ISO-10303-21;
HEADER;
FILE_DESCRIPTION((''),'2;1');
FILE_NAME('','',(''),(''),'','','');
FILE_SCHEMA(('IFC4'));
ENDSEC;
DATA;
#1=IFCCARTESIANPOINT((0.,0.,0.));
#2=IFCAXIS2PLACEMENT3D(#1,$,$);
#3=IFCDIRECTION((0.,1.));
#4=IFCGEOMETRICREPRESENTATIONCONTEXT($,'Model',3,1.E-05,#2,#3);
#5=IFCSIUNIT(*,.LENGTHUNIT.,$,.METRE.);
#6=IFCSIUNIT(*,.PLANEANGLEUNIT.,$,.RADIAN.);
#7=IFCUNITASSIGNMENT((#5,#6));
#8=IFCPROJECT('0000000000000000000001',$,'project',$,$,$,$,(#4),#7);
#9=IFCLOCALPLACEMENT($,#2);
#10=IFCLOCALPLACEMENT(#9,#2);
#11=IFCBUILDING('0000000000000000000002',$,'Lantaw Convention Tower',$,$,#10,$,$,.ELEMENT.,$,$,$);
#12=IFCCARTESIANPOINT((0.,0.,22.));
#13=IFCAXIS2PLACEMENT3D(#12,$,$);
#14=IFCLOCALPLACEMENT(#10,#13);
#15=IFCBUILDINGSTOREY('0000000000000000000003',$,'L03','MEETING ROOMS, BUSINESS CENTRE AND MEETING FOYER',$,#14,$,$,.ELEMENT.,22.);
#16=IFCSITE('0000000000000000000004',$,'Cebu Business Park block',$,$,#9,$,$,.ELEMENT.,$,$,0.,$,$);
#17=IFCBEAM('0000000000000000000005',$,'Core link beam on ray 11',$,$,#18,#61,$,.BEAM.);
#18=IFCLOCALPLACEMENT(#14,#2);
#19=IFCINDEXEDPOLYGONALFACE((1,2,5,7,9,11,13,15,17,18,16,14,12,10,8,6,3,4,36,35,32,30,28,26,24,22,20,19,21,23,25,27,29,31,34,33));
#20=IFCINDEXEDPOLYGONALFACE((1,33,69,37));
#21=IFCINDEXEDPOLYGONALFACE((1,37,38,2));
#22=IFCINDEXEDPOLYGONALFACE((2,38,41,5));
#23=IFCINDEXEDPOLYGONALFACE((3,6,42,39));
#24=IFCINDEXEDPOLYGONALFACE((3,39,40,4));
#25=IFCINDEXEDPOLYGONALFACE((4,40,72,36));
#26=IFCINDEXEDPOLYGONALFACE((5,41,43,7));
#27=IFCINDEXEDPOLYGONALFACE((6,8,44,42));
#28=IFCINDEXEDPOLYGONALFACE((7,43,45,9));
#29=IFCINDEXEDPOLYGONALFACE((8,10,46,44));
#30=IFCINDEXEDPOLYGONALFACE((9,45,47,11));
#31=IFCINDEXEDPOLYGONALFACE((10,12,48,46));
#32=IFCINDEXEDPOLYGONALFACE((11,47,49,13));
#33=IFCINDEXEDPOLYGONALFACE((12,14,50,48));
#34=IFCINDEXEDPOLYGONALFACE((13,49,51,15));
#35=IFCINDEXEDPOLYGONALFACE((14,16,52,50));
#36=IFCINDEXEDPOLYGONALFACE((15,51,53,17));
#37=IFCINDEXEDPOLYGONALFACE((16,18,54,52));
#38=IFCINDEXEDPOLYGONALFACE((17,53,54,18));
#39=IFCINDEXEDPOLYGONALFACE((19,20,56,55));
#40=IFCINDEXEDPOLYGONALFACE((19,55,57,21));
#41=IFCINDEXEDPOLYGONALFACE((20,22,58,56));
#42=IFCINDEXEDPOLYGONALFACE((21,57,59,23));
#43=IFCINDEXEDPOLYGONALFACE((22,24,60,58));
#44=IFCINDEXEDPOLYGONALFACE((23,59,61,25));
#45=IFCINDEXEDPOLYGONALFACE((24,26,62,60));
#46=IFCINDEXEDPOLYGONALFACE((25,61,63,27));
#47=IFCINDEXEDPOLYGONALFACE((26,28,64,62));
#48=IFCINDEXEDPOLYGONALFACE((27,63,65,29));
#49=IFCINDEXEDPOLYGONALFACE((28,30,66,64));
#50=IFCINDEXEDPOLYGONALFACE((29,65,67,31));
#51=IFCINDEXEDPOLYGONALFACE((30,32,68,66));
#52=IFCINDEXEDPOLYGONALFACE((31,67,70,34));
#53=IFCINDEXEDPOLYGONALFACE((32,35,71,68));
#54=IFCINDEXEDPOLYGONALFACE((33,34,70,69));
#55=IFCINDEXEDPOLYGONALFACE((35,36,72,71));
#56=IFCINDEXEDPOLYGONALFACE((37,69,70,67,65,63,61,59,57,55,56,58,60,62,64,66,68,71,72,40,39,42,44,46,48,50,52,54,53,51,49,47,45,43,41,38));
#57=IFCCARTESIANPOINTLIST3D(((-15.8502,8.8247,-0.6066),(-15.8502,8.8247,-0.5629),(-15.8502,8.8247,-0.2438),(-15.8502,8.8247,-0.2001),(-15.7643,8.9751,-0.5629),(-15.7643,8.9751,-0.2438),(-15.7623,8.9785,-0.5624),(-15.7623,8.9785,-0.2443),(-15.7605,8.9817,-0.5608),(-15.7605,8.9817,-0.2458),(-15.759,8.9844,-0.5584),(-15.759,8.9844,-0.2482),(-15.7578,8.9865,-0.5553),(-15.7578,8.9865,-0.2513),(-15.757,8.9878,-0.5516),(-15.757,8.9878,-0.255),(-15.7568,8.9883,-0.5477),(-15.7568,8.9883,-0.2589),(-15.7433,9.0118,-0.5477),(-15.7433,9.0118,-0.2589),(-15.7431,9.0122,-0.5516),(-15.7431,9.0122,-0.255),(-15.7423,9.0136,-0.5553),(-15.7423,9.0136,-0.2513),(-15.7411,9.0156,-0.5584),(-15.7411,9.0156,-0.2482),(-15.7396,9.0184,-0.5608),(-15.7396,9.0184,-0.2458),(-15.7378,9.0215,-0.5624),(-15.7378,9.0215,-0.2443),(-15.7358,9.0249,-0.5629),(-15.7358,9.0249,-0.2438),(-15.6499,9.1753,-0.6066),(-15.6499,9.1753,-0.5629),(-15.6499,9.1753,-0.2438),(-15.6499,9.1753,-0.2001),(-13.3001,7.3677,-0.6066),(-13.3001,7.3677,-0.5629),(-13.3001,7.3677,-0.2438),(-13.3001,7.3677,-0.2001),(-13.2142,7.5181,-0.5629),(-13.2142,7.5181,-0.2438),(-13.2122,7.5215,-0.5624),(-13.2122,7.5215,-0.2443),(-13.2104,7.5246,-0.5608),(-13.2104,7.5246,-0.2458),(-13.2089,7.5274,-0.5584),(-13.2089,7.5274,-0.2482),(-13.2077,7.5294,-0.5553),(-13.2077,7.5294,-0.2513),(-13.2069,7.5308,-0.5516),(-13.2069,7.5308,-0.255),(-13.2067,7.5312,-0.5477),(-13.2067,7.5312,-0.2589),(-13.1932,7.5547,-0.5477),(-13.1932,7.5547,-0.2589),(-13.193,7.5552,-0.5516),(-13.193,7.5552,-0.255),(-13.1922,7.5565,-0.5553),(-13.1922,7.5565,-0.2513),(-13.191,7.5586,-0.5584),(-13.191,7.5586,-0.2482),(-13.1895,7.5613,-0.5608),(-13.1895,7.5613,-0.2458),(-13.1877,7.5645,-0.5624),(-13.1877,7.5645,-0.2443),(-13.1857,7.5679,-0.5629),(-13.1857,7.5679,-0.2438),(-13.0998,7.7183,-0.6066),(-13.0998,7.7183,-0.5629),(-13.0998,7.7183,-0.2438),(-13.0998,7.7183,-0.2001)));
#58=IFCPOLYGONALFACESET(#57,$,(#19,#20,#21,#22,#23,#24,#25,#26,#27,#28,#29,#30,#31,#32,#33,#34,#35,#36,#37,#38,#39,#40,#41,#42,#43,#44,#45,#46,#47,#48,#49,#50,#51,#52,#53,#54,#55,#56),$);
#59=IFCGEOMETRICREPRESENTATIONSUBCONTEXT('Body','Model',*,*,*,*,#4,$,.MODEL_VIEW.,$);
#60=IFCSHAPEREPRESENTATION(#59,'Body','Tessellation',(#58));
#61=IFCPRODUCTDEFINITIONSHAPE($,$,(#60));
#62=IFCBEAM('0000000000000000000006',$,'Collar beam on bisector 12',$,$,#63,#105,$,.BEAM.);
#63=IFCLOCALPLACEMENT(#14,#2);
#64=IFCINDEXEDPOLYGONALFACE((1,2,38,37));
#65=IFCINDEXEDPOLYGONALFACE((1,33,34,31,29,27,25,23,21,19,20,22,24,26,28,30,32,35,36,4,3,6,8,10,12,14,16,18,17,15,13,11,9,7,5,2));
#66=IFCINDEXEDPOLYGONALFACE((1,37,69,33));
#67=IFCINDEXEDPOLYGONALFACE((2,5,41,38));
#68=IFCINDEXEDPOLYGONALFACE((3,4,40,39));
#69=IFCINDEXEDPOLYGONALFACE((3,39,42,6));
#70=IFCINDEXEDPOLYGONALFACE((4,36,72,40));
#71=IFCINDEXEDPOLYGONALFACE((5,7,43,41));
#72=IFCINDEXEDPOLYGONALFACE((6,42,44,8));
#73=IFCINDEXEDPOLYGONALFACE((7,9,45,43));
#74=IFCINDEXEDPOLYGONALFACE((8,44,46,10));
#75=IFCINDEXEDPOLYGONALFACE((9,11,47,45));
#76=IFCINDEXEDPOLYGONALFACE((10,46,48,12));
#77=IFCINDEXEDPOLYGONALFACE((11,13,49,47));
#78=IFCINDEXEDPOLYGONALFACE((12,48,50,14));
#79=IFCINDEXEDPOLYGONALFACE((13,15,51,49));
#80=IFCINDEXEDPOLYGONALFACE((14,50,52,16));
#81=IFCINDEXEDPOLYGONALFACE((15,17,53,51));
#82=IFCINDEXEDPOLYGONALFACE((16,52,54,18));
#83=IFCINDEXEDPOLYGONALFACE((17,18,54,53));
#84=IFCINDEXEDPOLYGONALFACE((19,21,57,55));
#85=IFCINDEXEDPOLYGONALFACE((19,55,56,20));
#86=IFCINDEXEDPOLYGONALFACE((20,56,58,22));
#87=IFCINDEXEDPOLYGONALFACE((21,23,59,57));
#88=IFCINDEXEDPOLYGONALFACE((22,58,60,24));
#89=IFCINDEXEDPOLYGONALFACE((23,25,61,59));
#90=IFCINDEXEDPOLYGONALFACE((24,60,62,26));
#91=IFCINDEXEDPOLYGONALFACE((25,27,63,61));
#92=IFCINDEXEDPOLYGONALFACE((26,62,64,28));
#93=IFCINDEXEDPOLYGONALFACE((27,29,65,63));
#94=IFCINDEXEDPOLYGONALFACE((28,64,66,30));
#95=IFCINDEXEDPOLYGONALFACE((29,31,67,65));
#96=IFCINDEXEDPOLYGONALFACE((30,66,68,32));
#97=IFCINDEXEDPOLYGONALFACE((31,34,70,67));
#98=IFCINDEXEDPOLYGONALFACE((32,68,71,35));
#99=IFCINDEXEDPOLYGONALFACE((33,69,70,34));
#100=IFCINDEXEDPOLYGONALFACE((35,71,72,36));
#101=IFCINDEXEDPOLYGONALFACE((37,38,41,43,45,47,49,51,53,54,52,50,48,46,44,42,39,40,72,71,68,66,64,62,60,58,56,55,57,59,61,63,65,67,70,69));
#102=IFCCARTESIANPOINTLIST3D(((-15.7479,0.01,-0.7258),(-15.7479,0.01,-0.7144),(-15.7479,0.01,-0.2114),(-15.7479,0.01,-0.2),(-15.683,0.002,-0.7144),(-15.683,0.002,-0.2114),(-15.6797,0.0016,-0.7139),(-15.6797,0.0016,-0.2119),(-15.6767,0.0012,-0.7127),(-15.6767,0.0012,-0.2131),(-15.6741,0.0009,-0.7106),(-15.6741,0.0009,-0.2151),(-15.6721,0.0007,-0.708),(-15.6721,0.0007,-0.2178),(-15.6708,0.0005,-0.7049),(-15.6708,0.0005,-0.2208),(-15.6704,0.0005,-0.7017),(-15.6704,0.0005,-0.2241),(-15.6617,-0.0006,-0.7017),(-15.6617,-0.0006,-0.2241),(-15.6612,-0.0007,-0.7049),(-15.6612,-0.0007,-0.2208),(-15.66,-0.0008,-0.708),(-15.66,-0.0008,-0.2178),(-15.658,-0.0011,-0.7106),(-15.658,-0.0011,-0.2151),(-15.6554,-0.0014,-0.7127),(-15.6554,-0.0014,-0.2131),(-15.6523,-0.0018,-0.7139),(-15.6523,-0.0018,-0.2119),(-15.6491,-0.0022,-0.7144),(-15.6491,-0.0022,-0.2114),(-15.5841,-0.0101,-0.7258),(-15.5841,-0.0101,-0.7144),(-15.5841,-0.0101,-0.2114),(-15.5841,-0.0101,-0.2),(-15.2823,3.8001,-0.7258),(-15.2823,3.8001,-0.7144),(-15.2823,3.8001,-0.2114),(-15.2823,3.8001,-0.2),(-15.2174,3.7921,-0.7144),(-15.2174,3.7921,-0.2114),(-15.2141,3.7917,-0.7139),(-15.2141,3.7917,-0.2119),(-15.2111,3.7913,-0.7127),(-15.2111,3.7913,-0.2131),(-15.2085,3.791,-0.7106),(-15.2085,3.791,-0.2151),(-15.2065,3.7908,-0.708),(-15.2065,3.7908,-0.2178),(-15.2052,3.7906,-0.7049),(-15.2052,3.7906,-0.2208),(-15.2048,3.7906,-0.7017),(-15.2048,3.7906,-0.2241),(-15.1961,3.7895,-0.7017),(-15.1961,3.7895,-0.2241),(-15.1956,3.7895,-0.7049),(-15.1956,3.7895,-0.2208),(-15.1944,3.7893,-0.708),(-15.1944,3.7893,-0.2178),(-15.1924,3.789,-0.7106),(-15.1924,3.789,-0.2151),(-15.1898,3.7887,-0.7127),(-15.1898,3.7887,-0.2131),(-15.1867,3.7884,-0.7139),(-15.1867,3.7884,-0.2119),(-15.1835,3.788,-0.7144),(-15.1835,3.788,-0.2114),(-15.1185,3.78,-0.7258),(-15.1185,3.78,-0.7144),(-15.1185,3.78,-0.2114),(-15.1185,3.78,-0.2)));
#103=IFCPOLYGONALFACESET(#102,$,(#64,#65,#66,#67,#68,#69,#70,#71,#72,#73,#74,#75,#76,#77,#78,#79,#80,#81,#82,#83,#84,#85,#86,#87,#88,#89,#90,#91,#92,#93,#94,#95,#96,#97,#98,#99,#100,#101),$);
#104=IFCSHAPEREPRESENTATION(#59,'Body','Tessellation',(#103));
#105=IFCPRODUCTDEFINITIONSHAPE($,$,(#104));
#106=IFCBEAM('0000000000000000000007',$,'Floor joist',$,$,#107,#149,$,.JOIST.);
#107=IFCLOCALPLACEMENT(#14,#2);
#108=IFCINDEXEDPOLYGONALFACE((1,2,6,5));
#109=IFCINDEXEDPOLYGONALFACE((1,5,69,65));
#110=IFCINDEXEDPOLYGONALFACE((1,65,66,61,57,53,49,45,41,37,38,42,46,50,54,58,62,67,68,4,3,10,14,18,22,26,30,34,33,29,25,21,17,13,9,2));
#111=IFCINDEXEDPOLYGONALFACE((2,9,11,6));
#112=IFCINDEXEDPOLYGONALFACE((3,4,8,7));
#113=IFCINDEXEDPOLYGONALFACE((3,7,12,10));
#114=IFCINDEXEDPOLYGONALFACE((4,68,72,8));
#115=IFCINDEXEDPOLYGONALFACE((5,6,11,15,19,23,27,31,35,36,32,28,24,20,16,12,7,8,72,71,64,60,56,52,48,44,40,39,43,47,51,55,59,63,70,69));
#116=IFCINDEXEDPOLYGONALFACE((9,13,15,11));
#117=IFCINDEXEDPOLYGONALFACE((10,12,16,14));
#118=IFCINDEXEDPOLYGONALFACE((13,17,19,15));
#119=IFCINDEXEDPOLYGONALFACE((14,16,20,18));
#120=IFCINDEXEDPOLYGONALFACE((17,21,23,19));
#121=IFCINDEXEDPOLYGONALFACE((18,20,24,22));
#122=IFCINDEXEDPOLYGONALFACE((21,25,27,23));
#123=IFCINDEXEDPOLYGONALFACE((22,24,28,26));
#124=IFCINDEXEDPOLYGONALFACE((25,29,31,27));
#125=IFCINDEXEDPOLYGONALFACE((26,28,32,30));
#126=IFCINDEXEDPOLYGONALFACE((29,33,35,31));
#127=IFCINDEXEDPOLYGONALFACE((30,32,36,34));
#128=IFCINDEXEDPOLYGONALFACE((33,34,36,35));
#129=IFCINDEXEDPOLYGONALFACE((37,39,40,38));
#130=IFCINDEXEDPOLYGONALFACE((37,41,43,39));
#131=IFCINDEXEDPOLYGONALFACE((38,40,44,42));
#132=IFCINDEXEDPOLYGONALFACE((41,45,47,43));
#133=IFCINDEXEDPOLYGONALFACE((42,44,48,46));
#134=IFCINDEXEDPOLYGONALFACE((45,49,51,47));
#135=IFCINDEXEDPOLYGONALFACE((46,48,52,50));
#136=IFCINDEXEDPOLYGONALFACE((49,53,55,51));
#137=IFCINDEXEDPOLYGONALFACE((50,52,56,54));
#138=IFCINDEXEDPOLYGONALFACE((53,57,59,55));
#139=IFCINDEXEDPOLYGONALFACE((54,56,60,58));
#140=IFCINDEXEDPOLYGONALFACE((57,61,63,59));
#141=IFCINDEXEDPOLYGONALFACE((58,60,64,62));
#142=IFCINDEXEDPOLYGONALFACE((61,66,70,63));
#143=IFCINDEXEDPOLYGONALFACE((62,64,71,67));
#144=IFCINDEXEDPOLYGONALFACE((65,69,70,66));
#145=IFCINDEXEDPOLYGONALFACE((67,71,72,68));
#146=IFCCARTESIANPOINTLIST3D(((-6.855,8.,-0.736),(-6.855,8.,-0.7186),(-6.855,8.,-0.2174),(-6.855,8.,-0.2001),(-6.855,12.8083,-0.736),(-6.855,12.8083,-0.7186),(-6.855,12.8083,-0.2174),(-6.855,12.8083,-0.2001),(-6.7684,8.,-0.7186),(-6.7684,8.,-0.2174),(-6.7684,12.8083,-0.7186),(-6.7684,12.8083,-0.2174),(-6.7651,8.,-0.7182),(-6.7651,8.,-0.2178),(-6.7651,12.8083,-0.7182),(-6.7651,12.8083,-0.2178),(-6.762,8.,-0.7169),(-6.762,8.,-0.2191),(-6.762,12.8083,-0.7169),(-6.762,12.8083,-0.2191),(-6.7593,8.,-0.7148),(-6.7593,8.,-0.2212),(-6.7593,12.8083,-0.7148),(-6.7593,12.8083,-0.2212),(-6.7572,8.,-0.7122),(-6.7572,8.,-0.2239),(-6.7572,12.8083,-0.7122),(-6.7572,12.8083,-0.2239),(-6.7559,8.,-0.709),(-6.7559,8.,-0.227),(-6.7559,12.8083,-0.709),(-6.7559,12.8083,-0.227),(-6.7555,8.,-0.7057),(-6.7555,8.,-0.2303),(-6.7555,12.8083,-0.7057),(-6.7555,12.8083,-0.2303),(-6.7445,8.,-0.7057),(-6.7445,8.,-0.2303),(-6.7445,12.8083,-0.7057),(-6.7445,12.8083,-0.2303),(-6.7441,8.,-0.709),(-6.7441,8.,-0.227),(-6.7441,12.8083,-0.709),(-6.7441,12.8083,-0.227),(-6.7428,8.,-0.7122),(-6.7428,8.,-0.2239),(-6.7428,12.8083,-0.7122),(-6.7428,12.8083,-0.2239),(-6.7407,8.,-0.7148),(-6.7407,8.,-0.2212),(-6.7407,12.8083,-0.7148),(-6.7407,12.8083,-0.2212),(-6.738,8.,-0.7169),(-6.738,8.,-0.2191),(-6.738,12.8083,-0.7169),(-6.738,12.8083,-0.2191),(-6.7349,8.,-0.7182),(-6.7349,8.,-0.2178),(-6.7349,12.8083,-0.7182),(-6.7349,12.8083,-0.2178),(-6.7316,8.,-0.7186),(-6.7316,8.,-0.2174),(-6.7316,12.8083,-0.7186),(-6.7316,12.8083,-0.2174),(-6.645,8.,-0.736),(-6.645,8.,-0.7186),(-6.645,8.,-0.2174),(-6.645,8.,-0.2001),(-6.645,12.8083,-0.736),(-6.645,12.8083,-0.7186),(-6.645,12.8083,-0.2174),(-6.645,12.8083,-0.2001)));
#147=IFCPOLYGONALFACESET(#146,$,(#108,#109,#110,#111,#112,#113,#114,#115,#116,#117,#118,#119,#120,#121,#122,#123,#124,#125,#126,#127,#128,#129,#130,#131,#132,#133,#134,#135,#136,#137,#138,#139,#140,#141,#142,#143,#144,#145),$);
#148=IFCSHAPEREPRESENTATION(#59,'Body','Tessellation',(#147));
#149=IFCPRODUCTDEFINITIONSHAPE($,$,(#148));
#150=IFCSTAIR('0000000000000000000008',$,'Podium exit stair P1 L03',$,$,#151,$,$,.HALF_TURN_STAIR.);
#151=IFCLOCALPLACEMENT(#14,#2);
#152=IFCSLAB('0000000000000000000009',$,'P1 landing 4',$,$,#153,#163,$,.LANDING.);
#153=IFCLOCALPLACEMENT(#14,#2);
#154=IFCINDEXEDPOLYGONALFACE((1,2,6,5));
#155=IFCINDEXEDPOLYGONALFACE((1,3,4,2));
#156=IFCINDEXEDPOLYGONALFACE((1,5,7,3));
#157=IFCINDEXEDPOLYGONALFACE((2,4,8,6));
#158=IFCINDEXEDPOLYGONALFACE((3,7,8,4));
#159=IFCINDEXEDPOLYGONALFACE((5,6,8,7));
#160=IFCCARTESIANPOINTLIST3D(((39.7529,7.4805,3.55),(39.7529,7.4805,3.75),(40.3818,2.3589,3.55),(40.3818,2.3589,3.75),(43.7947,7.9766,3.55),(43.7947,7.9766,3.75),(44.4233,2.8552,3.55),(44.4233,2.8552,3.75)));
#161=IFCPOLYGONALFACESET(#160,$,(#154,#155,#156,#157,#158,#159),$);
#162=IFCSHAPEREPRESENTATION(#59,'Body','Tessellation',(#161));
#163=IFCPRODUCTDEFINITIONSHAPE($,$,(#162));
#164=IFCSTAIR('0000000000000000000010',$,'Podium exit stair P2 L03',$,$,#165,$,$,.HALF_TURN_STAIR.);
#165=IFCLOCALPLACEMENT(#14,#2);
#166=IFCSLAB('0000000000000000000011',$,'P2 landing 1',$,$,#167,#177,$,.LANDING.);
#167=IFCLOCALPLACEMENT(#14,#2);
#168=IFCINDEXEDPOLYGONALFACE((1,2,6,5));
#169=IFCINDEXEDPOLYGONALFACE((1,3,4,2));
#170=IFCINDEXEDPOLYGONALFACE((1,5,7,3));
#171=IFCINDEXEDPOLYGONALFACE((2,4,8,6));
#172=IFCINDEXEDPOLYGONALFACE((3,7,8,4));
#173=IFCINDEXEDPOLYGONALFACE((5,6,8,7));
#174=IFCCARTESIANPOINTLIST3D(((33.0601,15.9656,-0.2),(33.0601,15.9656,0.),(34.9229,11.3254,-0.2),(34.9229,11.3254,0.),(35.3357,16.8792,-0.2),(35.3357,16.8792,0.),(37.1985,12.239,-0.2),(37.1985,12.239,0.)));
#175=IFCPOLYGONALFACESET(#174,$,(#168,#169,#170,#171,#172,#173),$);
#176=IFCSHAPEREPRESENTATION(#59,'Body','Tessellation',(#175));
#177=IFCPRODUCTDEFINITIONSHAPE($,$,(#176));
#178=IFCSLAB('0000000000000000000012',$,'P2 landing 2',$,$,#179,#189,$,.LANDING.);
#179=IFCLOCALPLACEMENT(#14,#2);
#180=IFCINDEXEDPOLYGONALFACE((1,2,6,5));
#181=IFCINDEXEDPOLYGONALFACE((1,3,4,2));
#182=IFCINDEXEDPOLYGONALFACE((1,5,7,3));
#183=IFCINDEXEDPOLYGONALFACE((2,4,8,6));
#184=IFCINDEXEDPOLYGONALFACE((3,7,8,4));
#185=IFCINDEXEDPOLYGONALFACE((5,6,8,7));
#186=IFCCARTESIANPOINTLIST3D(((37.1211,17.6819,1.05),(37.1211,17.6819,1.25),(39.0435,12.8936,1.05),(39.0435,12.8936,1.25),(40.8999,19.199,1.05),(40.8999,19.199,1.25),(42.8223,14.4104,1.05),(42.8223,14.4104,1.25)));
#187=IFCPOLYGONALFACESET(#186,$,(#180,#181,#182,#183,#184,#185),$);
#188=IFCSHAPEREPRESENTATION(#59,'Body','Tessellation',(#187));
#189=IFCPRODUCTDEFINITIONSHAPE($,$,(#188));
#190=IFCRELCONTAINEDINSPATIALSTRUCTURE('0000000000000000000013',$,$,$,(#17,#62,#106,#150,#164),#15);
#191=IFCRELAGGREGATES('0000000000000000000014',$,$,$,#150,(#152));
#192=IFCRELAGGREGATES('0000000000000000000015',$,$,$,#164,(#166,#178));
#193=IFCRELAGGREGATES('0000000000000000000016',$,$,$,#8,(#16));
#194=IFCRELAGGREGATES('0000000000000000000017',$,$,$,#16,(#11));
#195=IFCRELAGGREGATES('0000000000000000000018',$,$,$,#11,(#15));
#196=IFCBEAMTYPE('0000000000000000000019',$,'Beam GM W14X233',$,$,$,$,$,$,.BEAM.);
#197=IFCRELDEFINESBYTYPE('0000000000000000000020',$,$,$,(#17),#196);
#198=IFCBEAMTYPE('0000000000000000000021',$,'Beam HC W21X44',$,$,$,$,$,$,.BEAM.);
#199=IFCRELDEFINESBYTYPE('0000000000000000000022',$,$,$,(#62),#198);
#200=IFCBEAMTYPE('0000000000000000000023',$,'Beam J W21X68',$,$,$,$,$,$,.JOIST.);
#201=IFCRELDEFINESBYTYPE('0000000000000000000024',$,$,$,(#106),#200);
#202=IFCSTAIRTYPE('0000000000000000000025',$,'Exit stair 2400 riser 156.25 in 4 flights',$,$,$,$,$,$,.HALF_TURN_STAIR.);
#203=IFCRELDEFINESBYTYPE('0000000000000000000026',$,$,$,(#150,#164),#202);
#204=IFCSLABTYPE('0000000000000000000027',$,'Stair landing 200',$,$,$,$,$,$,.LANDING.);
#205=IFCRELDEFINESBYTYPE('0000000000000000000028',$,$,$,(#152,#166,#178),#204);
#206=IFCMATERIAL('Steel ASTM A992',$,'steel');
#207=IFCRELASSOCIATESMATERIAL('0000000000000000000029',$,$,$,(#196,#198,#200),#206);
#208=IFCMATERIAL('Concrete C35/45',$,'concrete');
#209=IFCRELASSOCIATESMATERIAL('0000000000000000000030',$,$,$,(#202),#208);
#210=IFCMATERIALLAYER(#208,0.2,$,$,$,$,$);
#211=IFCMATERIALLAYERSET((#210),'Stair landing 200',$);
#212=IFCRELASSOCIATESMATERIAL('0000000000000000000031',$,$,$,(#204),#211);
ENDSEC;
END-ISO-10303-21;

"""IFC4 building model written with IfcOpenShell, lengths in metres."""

from ifc_helpers import new_model, si_unit, direction, frame, origin, origin_2d, place, context, subcontext, project, spatial, polyline, i_section, outline, extrude, material, layer, layer_set, material_profile, profile_set, type_object, element, aggregate, save


model = new_model("IFC4")

# Units and contexts
model_context = context("Model", 3, precision=1e-05, world=origin(), true_north=direction((0.0, 1.0)))
body_context = subcontext(model_context, "Body", "Model", "MODEL_VIEW")
ifc_project = project(units=[si_unit("LENGTHUNIT", "METRE"), si_unit("PLANEANGLEUNIT", "RADIAN")], contexts=[model_context])

# Site, building, storey
site_placement = place(None, origin())
site = spatial("IfcSite", under=ifc_project, at=site_placement, Name="Cebu Business Park block", CompositionType="ELEMENT", RefElevation=0.0)
building_placement = place(site_placement, origin())
building = spatial("IfcBuilding", under=site, at=building_placement, Name="Lantaw Convention Tower", CompositionType="ELEMENT")
storey_placement = place(building_placement, frame((0.0, 0.0, 22.0)))
storey = spatial("IfcBuildingStorey", under=building, at=storey_placement, Name="L03", Description="MEETING ROOMS, BUSINESS CENTRE AND MEETING FOYER", CompositionType="ELEMENT", Elevation=22.0)

# Beams
ifc_material_1 = material(Name="Steel ASTM A992", Category="steel")
ifc_material_profile_1 = material_profile(ifc_material_1, i_section(OverallWidth=0.4038, OverallDepth=0.4065, WebThickness=0.0271, FlangeThickness=0.0437, FilletRadius=0.0151, at=origin_2d()), Name="W14X233")
ifc_profile_set_1 = profile_set([ifc_material_profile_1], Name="Steel ASTM A992")
beam_type_1 = type_object("IfcBeamType", Name="Beam GM W14X233", PredefinedType="BEAM", material=ifc_profile_set_1)
beam_1_placement = place(storey_placement, frame((-13.2, 7.543, -0.4033), z_axis=(-0.868264, 0.496103, 0.0), x_axis=(-0.496103, -0.868264, 0.0)))
element("IfcBeam", 1, at=beam_1_placement, inside=storey, type_object=beam_type_1, Name="Core link beam on ray 11", PredefinedType="BEAM", context=body_context, shape_type="SweptSolid", body=[
    extrude(i_section(OverallWidth=0.4038, OverallDepth=0.4065, WebThickness=0.0271, FlangeThickness=0.0437, FilletRadius=0.0151, at=origin_2d()), origin(), (0.0, 0.0, 1.0), 2.937),
])
ifc_material_profile_2 = material_profile(ifc_material_1, i_section(OverallWidth=0.165, OverallDepth=0.5259, WebThickness=0.0088, FlangeThickness=0.0115, FilletRadius=0.0127, at=origin_2d()), Name="W21X44")
ifc_profile_set_2 = profile_set([ifc_material_profile_2], Name="Steel ASTM A992")
beam_type_2 = type_object("IfcBeamType", Name="Beam HC W21X44", PredefinedType="BEAM", material=ifc_profile_set_2)
beam_2_placement = place(storey_placement, frame((-15.2004, 3.79, -0.4629), z_axis=(-0.121926, -0.992539, 0.0), x_axis=(0.992539, -0.121926, 0.0)))
element("IfcBeam", 2, at=beam_2_placement, inside=storey, type_object=beam_type_2, Name="Collar beam on bisector 12", PredefinedType="BEAM", context=body_context, shape_type="SweptSolid", body=[
    extrude(i_section(OverallWidth=0.165, OverallDepth=0.5259, WebThickness=0.0088, FlangeThickness=0.0115, FilletRadius=0.0127, at=origin_2d()), origin(), (0.0, 0.0, 1.0), 3.8186),
])
ifc_material_profile_3 = material_profile(ifc_material_1, i_section(OverallWidth=0.21, OverallDepth=0.5359, WebThickness=0.011, FlangeThickness=0.0173, FilletRadius=0.0129, at=origin_2d()), Name="W21X68")
ifc_profile_set_3 = profile_set([ifc_material_profile_3], Name="Steel ASTM A992")
beam_type_3 = type_object("IfcBeamType", Name="Beam J W21X68", PredefinedType="JOIST", material=ifc_profile_set_3)
beam_3_placement = place(storey_placement, frame((-6.75, 8.0, -0.468), z_axis=(0.0, 1.0, 0.0), x_axis=(-1.0, 0.0, 0.0)))
element("IfcBeam", 3, at=beam_3_placement, inside=storey, type_object=beam_type_3, Name="Floor joist", PredefinedType="JOIST", context=body_context, shape_type="SweptSolid", body=[
    extrude(i_section(OverallWidth=0.21, OverallDepth=0.5359, WebThickness=0.011, FlangeThickness=0.0173, FilletRadius=0.0129, at=origin_2d()), origin(), (0.0, 0.0, 1.0), 4.8083),
])

# Stair, slab
ifc_material_2 = material(Name="Concrete C35/45", Category="concrete")
stair_type = type_object("IfcStairType", Name="Exit stair 2400 riser 156.25 in 4 flights", PredefinedType="HALF_TURN_STAIR", material=ifc_material_2)
stair_1_placement = place(storey_placement, origin())
stair_1 = element("IfcStair", 4, at=stair_1_placement, inside=storey, type_object=stair_type, Name="Podium exit stair P1 L03", PredefinedType="HALF_TURN_STAIR")
ifc_layer_1 = layer(ifc_material_2, 0.2)
ifc_layer_set_1 = layer_set([ifc_layer_1], Name="Stair landing 200")
slab_type = type_object("IfcSlabType", Name="Stair landing 200", PredefinedType="LANDING", material=ifc_layer_set_1)
slab_1_placement = place(storey_placement, frame((0.0, 0.0, 3.55)))
slab_1 = element("IfcSlab", 5, at=slab_1_placement, type_object=slab_type, Name="P1 landing 4", PredefinedType="LANDING", context=body_context, shape_type="SweptSolid", body=[
    extrude(outline(polyline([(40.3818, 2.3589), (44.4233, 2.8552), (43.7947, 7.9766), (39.7529, 7.4805), (40.3818, 2.3589)])), origin(), (0.0, 0.0, 1.0), 0.2),
])
aggregate(stair_1, [slab_1])

# Stair, slabs
stair_2_placement = place(storey_placement, origin())
stair_2 = element("IfcStair", 6, at=stair_2_placement, inside=storey, type_object=stair_type, Name="Podium exit stair P2 L03", PredefinedType="HALF_TURN_STAIR")
slab_2_placement = place(storey_placement, frame((0.0, 0.0, -0.2)))
slab_2 = element("IfcSlab", 7, at=slab_2_placement, type_object=slab_type, Name="P2 landing 1", PredefinedType="LANDING", context=body_context, shape_type="SweptSolid", body=[
    extrude(outline(polyline([(34.9229, 11.3254), (37.1985, 12.239), (35.3357, 16.8792), (33.0601, 15.9656), (34.9229, 11.3254)])), origin(), (0.0, 0.0, 1.0), 0.2),
])
slab_3_placement = place(storey_placement, frame((0.0, 0.0, 1.05)))
slab_3 = element("IfcSlab", 8, at=slab_3_placement, type_object=slab_type, Name="P2 landing 2", PredefinedType="LANDING", context=body_context, shape_type="SweptSolid", body=[
    extrude(outline(polyline([(39.0435, 12.8936), (42.8223, 14.4104), (40.8999, 19.199), (37.1211, 17.6819), (39.0435, 12.8936)])), origin(), (0.0, 0.0, 1.0), 0.2),
])
aggregate(stair_2, [slab_2, slab_3])

save(model, "model.ifc")
